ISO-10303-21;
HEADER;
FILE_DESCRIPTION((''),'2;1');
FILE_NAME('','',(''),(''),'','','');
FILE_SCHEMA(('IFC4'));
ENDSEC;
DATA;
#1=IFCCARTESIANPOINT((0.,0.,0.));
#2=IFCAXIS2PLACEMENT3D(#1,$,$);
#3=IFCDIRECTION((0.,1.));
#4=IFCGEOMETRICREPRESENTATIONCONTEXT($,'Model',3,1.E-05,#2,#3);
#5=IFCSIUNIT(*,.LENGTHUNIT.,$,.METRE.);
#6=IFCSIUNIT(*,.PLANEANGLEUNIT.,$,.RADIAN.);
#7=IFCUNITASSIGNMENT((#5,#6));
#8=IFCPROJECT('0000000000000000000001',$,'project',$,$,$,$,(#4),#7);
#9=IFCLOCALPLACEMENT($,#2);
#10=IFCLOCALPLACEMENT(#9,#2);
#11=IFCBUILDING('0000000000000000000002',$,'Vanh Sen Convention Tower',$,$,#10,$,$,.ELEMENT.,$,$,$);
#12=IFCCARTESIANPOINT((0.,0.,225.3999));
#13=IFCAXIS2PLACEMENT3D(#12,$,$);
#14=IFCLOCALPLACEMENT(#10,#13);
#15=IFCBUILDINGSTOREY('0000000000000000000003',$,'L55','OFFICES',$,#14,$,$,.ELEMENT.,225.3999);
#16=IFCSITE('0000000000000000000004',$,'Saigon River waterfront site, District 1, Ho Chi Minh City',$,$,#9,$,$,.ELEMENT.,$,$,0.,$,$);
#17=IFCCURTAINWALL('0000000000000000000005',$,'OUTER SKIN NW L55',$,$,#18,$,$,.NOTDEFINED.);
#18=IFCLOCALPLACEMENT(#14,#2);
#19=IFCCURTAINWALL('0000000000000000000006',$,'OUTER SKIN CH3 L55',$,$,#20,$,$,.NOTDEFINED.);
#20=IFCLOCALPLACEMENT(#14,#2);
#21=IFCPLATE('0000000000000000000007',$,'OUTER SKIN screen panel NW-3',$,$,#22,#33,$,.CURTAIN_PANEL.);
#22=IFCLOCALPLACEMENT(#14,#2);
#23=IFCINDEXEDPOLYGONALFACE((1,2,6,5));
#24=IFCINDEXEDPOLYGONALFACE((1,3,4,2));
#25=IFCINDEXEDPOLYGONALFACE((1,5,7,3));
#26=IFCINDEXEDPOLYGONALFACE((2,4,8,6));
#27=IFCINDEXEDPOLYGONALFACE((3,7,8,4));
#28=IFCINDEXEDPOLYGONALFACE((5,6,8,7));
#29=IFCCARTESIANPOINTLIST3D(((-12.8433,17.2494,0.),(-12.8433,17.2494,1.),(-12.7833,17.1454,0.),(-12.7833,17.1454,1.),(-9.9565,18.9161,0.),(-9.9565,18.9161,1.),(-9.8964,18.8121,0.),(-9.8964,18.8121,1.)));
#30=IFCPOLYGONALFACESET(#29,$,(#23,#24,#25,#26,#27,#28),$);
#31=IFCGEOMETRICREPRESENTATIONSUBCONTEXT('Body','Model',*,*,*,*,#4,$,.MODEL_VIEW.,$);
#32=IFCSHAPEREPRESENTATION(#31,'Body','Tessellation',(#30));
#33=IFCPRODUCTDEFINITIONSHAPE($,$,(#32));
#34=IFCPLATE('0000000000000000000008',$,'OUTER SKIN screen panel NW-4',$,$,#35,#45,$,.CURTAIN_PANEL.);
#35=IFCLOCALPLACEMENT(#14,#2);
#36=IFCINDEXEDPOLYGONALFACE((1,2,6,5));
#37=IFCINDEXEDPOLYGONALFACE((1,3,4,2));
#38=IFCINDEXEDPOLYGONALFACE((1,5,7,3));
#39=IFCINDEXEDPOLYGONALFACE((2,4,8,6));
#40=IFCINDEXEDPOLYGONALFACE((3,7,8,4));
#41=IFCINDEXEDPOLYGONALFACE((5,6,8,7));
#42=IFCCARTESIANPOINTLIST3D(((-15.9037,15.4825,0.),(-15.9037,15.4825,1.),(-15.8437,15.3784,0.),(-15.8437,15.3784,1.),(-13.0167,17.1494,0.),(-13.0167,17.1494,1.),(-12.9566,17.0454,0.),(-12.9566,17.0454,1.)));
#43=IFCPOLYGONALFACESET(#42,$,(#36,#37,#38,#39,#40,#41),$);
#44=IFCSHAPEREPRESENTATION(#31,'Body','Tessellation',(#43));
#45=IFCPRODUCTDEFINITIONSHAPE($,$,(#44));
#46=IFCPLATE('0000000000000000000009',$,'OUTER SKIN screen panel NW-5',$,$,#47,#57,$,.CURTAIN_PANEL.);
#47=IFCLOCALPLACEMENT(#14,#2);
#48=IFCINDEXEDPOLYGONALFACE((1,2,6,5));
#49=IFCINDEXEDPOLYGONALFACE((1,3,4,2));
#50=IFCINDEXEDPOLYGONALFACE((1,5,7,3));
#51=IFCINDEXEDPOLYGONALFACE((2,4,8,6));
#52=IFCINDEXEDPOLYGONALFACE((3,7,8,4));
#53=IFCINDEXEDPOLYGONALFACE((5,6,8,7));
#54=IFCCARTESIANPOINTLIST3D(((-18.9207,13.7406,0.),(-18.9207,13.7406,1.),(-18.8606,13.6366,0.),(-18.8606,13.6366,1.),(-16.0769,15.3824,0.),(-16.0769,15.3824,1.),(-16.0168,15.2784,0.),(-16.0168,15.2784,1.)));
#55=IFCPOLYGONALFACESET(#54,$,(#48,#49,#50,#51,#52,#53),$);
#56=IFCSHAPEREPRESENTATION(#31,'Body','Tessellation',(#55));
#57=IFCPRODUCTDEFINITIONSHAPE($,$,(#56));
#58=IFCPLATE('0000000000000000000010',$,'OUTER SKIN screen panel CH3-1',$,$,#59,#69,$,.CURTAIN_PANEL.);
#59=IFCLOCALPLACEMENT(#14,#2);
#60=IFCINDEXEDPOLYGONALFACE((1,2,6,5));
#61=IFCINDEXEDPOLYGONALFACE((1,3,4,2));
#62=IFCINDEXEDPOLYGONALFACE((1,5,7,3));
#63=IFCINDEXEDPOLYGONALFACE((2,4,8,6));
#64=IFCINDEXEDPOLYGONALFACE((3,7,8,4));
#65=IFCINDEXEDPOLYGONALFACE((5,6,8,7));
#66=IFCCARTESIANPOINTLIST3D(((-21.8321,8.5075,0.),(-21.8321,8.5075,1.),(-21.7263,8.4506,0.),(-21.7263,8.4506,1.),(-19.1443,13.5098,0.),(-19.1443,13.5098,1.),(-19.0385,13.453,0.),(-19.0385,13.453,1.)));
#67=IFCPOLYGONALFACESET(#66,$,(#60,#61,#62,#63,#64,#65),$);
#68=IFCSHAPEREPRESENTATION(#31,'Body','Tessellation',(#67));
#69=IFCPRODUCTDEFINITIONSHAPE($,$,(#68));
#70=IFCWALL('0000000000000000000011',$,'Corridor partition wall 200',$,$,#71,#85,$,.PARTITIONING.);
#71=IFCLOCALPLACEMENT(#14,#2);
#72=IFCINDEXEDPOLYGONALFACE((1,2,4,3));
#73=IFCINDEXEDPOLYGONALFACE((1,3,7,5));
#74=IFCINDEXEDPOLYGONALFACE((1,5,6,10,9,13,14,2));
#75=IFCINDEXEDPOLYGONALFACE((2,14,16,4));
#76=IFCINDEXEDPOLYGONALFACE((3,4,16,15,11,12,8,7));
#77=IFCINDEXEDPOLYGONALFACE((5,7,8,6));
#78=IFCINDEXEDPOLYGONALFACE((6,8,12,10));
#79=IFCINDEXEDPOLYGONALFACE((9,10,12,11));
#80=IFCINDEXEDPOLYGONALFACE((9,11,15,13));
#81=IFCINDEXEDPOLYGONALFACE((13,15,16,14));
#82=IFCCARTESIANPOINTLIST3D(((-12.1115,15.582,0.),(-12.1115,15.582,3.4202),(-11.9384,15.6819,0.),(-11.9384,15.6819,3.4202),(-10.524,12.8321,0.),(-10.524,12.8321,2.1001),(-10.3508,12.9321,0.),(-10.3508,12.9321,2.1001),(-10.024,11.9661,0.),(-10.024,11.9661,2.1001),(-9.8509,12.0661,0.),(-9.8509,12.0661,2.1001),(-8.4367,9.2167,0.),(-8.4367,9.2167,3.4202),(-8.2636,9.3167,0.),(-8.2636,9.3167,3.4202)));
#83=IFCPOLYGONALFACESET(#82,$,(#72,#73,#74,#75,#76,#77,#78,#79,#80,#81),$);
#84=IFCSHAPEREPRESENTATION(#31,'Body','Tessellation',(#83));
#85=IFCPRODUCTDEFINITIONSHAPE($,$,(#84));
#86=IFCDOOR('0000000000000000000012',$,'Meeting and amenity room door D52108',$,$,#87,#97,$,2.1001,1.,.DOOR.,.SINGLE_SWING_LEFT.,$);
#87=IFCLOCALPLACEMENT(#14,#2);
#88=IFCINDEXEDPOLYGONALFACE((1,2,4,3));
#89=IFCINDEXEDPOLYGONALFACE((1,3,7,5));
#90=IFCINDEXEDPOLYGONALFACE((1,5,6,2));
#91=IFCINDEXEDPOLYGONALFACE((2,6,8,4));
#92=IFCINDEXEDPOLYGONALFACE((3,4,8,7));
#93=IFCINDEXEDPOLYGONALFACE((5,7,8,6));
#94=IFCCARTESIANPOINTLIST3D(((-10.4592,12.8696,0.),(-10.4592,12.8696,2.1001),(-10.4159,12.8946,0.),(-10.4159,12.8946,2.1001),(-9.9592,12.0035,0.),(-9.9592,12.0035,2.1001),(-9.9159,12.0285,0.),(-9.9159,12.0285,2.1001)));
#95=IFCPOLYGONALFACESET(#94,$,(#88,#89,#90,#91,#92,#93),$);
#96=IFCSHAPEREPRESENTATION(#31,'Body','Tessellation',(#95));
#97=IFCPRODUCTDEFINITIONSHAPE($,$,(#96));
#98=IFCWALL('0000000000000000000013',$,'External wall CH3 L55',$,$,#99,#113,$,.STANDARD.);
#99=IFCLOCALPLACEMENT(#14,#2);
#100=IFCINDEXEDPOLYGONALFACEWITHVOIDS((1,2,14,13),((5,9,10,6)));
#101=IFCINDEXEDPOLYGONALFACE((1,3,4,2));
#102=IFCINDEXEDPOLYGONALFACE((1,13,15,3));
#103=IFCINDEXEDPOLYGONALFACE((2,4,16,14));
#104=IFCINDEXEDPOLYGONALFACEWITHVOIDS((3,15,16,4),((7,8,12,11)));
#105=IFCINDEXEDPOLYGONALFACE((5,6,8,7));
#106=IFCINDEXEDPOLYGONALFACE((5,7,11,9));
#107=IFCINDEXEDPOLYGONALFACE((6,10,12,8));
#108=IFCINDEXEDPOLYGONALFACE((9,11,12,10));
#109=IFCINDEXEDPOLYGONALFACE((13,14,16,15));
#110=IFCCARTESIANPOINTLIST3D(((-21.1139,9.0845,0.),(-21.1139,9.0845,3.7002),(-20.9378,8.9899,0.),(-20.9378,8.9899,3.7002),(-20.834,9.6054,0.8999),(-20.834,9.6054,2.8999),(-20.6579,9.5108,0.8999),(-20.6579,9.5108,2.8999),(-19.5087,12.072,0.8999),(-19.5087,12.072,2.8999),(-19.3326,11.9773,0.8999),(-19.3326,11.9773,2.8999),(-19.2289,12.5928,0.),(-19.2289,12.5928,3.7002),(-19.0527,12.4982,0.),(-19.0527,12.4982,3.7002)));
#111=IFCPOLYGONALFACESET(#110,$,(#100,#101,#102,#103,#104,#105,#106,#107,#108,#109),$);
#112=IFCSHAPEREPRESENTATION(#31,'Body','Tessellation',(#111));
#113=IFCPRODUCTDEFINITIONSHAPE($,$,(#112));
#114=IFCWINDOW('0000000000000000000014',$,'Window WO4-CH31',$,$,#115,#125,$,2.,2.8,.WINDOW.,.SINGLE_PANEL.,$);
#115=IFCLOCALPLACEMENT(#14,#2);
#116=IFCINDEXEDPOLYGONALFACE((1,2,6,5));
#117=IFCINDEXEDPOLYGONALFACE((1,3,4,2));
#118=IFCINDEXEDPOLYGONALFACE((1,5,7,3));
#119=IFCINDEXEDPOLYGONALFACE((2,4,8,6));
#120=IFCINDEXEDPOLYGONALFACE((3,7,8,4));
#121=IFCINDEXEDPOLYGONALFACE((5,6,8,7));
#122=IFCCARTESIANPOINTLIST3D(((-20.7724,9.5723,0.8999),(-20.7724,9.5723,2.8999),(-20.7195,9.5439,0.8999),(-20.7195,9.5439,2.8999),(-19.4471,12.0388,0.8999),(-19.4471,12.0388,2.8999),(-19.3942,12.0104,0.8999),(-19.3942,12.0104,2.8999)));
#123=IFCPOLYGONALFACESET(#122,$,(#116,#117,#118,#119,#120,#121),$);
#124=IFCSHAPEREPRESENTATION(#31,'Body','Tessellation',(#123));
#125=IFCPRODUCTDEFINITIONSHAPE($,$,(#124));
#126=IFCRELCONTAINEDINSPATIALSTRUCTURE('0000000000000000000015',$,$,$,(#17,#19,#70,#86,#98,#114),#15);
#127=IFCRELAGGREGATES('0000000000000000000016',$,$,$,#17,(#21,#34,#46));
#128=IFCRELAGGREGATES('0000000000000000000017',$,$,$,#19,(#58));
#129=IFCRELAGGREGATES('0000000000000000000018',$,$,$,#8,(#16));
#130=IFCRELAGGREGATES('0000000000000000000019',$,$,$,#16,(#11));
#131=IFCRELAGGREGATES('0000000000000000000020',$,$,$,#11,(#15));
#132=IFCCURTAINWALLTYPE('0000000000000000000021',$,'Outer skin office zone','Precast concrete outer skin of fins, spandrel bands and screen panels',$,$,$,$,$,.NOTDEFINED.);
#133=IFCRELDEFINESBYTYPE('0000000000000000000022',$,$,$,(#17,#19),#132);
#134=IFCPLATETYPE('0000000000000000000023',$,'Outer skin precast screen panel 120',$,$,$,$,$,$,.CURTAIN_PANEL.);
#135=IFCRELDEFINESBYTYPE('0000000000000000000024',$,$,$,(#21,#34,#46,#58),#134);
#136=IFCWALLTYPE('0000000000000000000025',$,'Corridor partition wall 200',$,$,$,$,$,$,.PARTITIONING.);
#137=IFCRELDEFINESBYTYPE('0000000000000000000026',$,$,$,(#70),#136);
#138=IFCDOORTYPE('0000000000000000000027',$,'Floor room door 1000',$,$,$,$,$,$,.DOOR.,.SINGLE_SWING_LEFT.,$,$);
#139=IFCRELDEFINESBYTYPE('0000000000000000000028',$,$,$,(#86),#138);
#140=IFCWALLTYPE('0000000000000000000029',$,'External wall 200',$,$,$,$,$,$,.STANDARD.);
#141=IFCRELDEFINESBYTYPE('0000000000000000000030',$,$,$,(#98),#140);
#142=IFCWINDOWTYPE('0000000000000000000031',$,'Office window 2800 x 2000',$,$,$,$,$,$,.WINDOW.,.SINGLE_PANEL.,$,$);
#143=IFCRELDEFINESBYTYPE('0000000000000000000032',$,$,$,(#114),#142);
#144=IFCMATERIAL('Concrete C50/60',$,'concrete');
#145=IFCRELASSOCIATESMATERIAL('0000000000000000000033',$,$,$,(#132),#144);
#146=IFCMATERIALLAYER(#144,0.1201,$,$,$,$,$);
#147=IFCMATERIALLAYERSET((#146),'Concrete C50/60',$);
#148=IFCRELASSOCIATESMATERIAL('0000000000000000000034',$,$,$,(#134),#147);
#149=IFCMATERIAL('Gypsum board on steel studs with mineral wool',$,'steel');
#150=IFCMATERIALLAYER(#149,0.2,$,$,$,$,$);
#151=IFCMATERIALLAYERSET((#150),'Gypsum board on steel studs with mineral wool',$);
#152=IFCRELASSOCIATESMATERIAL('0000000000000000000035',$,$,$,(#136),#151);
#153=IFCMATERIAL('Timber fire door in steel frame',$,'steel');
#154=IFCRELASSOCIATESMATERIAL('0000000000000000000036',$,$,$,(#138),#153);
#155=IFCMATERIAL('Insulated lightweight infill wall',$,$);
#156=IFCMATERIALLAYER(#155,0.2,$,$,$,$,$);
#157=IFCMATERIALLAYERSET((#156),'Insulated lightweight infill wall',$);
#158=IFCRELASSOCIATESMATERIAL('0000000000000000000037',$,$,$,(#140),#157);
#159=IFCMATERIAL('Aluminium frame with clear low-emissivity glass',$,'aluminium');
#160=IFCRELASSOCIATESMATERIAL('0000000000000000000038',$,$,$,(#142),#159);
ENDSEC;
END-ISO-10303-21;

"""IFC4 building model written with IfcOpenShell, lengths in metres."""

from ifc_helpers import new_model, si_unit, direction, frame, frame_2d, origin, origin_2d, place, context, subcontext, project, spatial, rectangle, extrude, material, layer, layer_set, type_object, element, fill, aggregate, save


model = new_model("IFC4")

# Units and contexts
model_context = context("Model", 3, precision=1e-05, world=origin(), true_north=direction((0.0, 1.0)))
body_context = subcontext(model_context, "Body", "Model", "MODEL_VIEW")
ifc_project = project(units=[si_unit("LENGTHUNIT", "METRE"), si_unit("PLANEANGLEUNIT", "RADIAN")], contexts=[model_context])

# Site, building, storey
site_placement = place(None, origin())
site = spatial("IfcSite", under=ifc_project, at=site_placement, Name="Saigon River waterfront site, District 1, Ho Chi Minh City", CompositionType="ELEMENT", RefElevation=0.0)
building_placement = place(site_placement, origin())
building = spatial("IfcBuilding", under=site, at=building_placement, Name="Vanh Sen Convention Tower", CompositionType="ELEMENT")
storey_placement = place(building_placement, frame((0.0, 0.0, 225.3999)))
storey = spatial("IfcBuildingStorey", under=building, at=storey_placement, Name="L55", Description="OFFICES", CompositionType="ELEMENT", Elevation=225.3999)

# Curtain wall
ifc_material_1 = material(Name="Concrete C50/60", Category="concrete")
curtain_wall_type = type_object("IfcCurtainWallType", Name="Outer skin office zone", Description="Precast concrete outer skin of fins, spandrel bands and screen panels", PredefinedType="NOTDEFINED", material=ifc_material_1)
curtain_wall_1_placement = place(storey_placement, origin())
curtain_wall_1 = element("IfcCurtainWall", 1, at=curtain_wall_1_placement, inside=storey, type_object=curtain_wall_type, Name="OUTER SKIN NW L55", PredefinedType="NOTDEFINED")

# Curtain wall
curtain_wall_2_placement = place(storey_placement, origin())
curtain_wall_2 = element("IfcCurtainWall", 2, at=curtain_wall_2_placement, inside=storey, type_object=curtain_wall_type, Name="OUTER SKIN CH3 L55", PredefinedType="NOTDEFINED")

# Plates
ifc_layer_1 = layer(ifc_material_1, 0.1201)
ifc_layer_set_1 = layer_set([ifc_layer_1], Name="Concrete C50/60")
plate_type = type_object("IfcPlateType", Name="Outer skin precast screen panel 120", PredefinedType="CURTAIN_PANEL", material=ifc_layer_set_1)
plate_1_placement = place(storey_placement, frame((-11.3699, 18.0308, 0.0), z_axis=(0.0, 0.0, 1.0), x_axis=(-0.866026, -0.499998, 0.0)))
plate_1 = element("IfcPlate", 3, at=plate_1_placement, type_object=plate_type, Name="OUTER SKIN screen panel NW-3", PredefinedType="CURTAIN_PANEL", context=body_context, shape_type="SweptSolid", body=[
    extrude(rectangle(XDim=3.3335, YDim=0.1201, at=origin_2d()), origin(), (0.0, 0.0, 1.0), 1.0),
])
plate_2_placement = place(storey_placement, frame((-14.4302, 16.2639, 0.0), z_axis=(0.0, 0.0, 1.0), x_axis=(-0.866014, -0.50002, 0.0)))
plate_2 = element("IfcPlate", 4, at=plate_2_placement, type_object=plate_type, Name="OUTER SKIN screen panel NW-4", PredefinedType="CURTAIN_PANEL", context=body_context, shape_type="SweptSolid", body=[
    extrude(rectangle(XDim=3.3337, YDim=0.1201, at=origin_2d()), origin(), (0.0, 0.0, 1.0), 1.0),
])
plate_3_placement = place(storey_placement, frame((-17.4688, 14.5095, 0.0), z_axis=(0.0, 0.0, 1.0), x_axis=(-0.866033, -0.499986, 0.0)))
plate_3 = element("IfcPlate", 5, at=plate_3_placement, type_object=plate_type, Name="OUTER SKIN screen panel NW-5", PredefinedType="CURTAIN_PANEL", context=body_context, shape_type="SweptSolid", body=[
    extrude(rectangle(XDim=3.2837, YDim=0.1201, at=origin_2d()), origin(), (0.0, 0.0, 1.0), 1.0),
])
aggregate(curtain_wall_1, [plate_1, plate_2, plate_3])
plate_4_placement = place(storey_placement, frame((-20.4353, 10.9802, 0.0), z_axis=(0.0, 0.0, 1.0), x_axis=(-0.473307, -0.880897, 0.0)))
plate_4 = element("IfcPlate", 6, at=plate_4_placement, type_object=plate_type, Name="OUTER SKIN screen panel CH3-1", PredefinedType="CURTAIN_PANEL", context=body_context, shape_type="SweptSolid", body=[
    extrude(rectangle(XDim=5.6787, YDim=0.1201, at=origin_2d()), origin(), (0.0, 0.0, 1.0), 1.0),
])
aggregate(curtain_wall_2, [plate_4])

# Wall, opening, door
ifc_material_2 = material(Name="Gypsum board on steel studs with mineral wool", Category="steel")
ifc_layer_2 = layer(ifc_material_2, 0.2)
ifc_layer_set_2 = layer_set([ifc_layer_2], Name="Gypsum board on steel studs with mineral wool")
wall_type_1 = type_object("IfcWallType", Name="Corridor partition wall 200", PredefinedType="PARTITIONING", material=ifc_layer_set_2)
wall_1_placement = place(storey_placement, frame((-12.0249, 15.6318, 0.0), z_axis=(0.0, 0.0, 1.0), x_axis=(0.499983, -0.866035, 0.0)))
wall_1 = element("IfcWall", 7, at=wall_1_placement, inside=storey, type_object=wall_type_1, Name="Corridor partition wall 200", PredefinedType="PARTITIONING", context=body_context, shape_type="SweptSolid", body=[
    extrude(rectangle(XDim=7.3499, YDim=0.2, at=frame_2d((3.6748, 0.0))), origin(), (0.0, 0.0, 1.0), 3.4202),
])
opening_1_placement = place(wall_1_placement, frame((3.175, 0.0, 0.0)))
opening_1 = element("IfcOpeningElement", 8, at=opening_1_placement, cuts=wall_1, PredefinedType="OPENING", context=body_context, shape_type="SweptSolid", body=[
    extrude(rectangle(XDim=1.0, YDim=2.1001, at=frame_2d((0.5, 1.05))), frame((0.0, 0.1099, 0.0), z_axis=(0.0, -1.0, 0.0), x_axis=(1.0, 0.0, 0.0)), (0.0, 0.0, 1.0), 0.22),
])
ifc_material_3 = material(Name="Timber fire door in steel frame", Category="steel")
door_type = type_object("IfcDoorType", Name="Floor room door 1000", OperationType="SINGLE_SWING_LEFT", PredefinedType="DOOR", material=ifc_material_3)
door_placement = place(opening_1_placement, origin())
door = element("IfcDoor", 9, at=door_placement, inside=storey, type_object=door_type, Name="Meeting and amenity room door D52108", OperationType="SINGLE_SWING_LEFT", OverallHeight=2.1001, OverallWidth=1.0, PredefinedType="DOOR", context=body_context, shape_type="SweptSolid", body=[
    extrude(rectangle(XDim=1.0, YDim=2.1001, at=frame_2d((0.5, 1.05))), frame((0.0, 0.0249, 0.0), z_axis=(0.0, -1.0, 0.0), x_axis=(1.0, 0.0, 0.0)), (0.0, 0.0, 1.0), 0.05),
])
fill(opening_1, door)

# Wall, opening, window
ifc_material_4 = material(Name="Insulated lightweight infill wall")
ifc_layer_3 = layer(ifc_material_4, 0.2)
ifc_layer_set_3 = layer_set([ifc_layer_3], Name="Insulated lightweight infill wall")
wall_type_2 = type_object("IfcWallType", Name="External wall 200", PredefinedType="STANDARD", material=ifc_layer_set_3)
wall_2_placement = place(storey_placement, frame((-19.1409, 12.5454, 0.0), z_axis=(0.0, 0.0, 1.0), x_axis=(-0.473306, -0.880898, 0.0)))
wall_2 = element("IfcWall", 10, at=wall_2_placement, inside=storey, type_object=wall_type_2, Name="External wall CH3 L55", PredefinedType="STANDARD", context=body_context, shape_type="SweptSolid", body=[
    extrude(rectangle(XDim=3.9827, YDim=0.2, at=frame_2d((1.9912, 0.0))), origin(), (0.0, 0.0, 1.0), 3.7002),
])
opening_2_placement = place(wall_2_placement, frame((0.5913, 0.0, 0.8999)))
opening_2 = element("IfcOpeningElement", 11, at=opening_2_placement, cuts=wall_2, PredefinedType="OPENING", context=body_context, shape_type="SweptSolid", body=[
    extrude(rectangle(XDim=2.8, YDim=2.0, at=frame_2d((1.3999, 1.0))), frame((0.0, 0.1099, 0.0), z_axis=(0.0, -1.0, 0.0), x_axis=(1.0, 0.0, 0.0)), (0.0, 0.0, 1.0), 0.22),
])
ifc_material_5 = material(Name="Aluminium frame with clear low-emissivity glass", Category="aluminium")
window_type_1 = type_object("IfcWindowType", Name="Office window 2800 x 2000", PartitioningType="SINGLE_PANEL", PredefinedType="WINDOW", material=ifc_material_5)
window_1_placement = place(opening_2_placement, origin())
window_1 = element("IfcWindow", 12, at=window_1_placement, inside=storey, type_object=window_type_1, Name="Window WO4-CH31", OverallHeight=2.0, OverallWidth=2.8, PartitioningType="SINGLE_PANEL", PredefinedType="WINDOW", context=body_context, shape_type="SweptSolid", body=[
    extrude(rectangle(XDim=2.8, YDim=2.0, at=frame_2d((1.3999, 1.0))), frame((0.0, 0.03, 0.0), z_axis=(0.0, -1.0, 0.0), x_axis=(1.0, 0.0, 0.0)), (0.0, 0.0, 1.0), 0.0601),
])
fill(opening_2, window_1)

save(model, "model.ifc")
